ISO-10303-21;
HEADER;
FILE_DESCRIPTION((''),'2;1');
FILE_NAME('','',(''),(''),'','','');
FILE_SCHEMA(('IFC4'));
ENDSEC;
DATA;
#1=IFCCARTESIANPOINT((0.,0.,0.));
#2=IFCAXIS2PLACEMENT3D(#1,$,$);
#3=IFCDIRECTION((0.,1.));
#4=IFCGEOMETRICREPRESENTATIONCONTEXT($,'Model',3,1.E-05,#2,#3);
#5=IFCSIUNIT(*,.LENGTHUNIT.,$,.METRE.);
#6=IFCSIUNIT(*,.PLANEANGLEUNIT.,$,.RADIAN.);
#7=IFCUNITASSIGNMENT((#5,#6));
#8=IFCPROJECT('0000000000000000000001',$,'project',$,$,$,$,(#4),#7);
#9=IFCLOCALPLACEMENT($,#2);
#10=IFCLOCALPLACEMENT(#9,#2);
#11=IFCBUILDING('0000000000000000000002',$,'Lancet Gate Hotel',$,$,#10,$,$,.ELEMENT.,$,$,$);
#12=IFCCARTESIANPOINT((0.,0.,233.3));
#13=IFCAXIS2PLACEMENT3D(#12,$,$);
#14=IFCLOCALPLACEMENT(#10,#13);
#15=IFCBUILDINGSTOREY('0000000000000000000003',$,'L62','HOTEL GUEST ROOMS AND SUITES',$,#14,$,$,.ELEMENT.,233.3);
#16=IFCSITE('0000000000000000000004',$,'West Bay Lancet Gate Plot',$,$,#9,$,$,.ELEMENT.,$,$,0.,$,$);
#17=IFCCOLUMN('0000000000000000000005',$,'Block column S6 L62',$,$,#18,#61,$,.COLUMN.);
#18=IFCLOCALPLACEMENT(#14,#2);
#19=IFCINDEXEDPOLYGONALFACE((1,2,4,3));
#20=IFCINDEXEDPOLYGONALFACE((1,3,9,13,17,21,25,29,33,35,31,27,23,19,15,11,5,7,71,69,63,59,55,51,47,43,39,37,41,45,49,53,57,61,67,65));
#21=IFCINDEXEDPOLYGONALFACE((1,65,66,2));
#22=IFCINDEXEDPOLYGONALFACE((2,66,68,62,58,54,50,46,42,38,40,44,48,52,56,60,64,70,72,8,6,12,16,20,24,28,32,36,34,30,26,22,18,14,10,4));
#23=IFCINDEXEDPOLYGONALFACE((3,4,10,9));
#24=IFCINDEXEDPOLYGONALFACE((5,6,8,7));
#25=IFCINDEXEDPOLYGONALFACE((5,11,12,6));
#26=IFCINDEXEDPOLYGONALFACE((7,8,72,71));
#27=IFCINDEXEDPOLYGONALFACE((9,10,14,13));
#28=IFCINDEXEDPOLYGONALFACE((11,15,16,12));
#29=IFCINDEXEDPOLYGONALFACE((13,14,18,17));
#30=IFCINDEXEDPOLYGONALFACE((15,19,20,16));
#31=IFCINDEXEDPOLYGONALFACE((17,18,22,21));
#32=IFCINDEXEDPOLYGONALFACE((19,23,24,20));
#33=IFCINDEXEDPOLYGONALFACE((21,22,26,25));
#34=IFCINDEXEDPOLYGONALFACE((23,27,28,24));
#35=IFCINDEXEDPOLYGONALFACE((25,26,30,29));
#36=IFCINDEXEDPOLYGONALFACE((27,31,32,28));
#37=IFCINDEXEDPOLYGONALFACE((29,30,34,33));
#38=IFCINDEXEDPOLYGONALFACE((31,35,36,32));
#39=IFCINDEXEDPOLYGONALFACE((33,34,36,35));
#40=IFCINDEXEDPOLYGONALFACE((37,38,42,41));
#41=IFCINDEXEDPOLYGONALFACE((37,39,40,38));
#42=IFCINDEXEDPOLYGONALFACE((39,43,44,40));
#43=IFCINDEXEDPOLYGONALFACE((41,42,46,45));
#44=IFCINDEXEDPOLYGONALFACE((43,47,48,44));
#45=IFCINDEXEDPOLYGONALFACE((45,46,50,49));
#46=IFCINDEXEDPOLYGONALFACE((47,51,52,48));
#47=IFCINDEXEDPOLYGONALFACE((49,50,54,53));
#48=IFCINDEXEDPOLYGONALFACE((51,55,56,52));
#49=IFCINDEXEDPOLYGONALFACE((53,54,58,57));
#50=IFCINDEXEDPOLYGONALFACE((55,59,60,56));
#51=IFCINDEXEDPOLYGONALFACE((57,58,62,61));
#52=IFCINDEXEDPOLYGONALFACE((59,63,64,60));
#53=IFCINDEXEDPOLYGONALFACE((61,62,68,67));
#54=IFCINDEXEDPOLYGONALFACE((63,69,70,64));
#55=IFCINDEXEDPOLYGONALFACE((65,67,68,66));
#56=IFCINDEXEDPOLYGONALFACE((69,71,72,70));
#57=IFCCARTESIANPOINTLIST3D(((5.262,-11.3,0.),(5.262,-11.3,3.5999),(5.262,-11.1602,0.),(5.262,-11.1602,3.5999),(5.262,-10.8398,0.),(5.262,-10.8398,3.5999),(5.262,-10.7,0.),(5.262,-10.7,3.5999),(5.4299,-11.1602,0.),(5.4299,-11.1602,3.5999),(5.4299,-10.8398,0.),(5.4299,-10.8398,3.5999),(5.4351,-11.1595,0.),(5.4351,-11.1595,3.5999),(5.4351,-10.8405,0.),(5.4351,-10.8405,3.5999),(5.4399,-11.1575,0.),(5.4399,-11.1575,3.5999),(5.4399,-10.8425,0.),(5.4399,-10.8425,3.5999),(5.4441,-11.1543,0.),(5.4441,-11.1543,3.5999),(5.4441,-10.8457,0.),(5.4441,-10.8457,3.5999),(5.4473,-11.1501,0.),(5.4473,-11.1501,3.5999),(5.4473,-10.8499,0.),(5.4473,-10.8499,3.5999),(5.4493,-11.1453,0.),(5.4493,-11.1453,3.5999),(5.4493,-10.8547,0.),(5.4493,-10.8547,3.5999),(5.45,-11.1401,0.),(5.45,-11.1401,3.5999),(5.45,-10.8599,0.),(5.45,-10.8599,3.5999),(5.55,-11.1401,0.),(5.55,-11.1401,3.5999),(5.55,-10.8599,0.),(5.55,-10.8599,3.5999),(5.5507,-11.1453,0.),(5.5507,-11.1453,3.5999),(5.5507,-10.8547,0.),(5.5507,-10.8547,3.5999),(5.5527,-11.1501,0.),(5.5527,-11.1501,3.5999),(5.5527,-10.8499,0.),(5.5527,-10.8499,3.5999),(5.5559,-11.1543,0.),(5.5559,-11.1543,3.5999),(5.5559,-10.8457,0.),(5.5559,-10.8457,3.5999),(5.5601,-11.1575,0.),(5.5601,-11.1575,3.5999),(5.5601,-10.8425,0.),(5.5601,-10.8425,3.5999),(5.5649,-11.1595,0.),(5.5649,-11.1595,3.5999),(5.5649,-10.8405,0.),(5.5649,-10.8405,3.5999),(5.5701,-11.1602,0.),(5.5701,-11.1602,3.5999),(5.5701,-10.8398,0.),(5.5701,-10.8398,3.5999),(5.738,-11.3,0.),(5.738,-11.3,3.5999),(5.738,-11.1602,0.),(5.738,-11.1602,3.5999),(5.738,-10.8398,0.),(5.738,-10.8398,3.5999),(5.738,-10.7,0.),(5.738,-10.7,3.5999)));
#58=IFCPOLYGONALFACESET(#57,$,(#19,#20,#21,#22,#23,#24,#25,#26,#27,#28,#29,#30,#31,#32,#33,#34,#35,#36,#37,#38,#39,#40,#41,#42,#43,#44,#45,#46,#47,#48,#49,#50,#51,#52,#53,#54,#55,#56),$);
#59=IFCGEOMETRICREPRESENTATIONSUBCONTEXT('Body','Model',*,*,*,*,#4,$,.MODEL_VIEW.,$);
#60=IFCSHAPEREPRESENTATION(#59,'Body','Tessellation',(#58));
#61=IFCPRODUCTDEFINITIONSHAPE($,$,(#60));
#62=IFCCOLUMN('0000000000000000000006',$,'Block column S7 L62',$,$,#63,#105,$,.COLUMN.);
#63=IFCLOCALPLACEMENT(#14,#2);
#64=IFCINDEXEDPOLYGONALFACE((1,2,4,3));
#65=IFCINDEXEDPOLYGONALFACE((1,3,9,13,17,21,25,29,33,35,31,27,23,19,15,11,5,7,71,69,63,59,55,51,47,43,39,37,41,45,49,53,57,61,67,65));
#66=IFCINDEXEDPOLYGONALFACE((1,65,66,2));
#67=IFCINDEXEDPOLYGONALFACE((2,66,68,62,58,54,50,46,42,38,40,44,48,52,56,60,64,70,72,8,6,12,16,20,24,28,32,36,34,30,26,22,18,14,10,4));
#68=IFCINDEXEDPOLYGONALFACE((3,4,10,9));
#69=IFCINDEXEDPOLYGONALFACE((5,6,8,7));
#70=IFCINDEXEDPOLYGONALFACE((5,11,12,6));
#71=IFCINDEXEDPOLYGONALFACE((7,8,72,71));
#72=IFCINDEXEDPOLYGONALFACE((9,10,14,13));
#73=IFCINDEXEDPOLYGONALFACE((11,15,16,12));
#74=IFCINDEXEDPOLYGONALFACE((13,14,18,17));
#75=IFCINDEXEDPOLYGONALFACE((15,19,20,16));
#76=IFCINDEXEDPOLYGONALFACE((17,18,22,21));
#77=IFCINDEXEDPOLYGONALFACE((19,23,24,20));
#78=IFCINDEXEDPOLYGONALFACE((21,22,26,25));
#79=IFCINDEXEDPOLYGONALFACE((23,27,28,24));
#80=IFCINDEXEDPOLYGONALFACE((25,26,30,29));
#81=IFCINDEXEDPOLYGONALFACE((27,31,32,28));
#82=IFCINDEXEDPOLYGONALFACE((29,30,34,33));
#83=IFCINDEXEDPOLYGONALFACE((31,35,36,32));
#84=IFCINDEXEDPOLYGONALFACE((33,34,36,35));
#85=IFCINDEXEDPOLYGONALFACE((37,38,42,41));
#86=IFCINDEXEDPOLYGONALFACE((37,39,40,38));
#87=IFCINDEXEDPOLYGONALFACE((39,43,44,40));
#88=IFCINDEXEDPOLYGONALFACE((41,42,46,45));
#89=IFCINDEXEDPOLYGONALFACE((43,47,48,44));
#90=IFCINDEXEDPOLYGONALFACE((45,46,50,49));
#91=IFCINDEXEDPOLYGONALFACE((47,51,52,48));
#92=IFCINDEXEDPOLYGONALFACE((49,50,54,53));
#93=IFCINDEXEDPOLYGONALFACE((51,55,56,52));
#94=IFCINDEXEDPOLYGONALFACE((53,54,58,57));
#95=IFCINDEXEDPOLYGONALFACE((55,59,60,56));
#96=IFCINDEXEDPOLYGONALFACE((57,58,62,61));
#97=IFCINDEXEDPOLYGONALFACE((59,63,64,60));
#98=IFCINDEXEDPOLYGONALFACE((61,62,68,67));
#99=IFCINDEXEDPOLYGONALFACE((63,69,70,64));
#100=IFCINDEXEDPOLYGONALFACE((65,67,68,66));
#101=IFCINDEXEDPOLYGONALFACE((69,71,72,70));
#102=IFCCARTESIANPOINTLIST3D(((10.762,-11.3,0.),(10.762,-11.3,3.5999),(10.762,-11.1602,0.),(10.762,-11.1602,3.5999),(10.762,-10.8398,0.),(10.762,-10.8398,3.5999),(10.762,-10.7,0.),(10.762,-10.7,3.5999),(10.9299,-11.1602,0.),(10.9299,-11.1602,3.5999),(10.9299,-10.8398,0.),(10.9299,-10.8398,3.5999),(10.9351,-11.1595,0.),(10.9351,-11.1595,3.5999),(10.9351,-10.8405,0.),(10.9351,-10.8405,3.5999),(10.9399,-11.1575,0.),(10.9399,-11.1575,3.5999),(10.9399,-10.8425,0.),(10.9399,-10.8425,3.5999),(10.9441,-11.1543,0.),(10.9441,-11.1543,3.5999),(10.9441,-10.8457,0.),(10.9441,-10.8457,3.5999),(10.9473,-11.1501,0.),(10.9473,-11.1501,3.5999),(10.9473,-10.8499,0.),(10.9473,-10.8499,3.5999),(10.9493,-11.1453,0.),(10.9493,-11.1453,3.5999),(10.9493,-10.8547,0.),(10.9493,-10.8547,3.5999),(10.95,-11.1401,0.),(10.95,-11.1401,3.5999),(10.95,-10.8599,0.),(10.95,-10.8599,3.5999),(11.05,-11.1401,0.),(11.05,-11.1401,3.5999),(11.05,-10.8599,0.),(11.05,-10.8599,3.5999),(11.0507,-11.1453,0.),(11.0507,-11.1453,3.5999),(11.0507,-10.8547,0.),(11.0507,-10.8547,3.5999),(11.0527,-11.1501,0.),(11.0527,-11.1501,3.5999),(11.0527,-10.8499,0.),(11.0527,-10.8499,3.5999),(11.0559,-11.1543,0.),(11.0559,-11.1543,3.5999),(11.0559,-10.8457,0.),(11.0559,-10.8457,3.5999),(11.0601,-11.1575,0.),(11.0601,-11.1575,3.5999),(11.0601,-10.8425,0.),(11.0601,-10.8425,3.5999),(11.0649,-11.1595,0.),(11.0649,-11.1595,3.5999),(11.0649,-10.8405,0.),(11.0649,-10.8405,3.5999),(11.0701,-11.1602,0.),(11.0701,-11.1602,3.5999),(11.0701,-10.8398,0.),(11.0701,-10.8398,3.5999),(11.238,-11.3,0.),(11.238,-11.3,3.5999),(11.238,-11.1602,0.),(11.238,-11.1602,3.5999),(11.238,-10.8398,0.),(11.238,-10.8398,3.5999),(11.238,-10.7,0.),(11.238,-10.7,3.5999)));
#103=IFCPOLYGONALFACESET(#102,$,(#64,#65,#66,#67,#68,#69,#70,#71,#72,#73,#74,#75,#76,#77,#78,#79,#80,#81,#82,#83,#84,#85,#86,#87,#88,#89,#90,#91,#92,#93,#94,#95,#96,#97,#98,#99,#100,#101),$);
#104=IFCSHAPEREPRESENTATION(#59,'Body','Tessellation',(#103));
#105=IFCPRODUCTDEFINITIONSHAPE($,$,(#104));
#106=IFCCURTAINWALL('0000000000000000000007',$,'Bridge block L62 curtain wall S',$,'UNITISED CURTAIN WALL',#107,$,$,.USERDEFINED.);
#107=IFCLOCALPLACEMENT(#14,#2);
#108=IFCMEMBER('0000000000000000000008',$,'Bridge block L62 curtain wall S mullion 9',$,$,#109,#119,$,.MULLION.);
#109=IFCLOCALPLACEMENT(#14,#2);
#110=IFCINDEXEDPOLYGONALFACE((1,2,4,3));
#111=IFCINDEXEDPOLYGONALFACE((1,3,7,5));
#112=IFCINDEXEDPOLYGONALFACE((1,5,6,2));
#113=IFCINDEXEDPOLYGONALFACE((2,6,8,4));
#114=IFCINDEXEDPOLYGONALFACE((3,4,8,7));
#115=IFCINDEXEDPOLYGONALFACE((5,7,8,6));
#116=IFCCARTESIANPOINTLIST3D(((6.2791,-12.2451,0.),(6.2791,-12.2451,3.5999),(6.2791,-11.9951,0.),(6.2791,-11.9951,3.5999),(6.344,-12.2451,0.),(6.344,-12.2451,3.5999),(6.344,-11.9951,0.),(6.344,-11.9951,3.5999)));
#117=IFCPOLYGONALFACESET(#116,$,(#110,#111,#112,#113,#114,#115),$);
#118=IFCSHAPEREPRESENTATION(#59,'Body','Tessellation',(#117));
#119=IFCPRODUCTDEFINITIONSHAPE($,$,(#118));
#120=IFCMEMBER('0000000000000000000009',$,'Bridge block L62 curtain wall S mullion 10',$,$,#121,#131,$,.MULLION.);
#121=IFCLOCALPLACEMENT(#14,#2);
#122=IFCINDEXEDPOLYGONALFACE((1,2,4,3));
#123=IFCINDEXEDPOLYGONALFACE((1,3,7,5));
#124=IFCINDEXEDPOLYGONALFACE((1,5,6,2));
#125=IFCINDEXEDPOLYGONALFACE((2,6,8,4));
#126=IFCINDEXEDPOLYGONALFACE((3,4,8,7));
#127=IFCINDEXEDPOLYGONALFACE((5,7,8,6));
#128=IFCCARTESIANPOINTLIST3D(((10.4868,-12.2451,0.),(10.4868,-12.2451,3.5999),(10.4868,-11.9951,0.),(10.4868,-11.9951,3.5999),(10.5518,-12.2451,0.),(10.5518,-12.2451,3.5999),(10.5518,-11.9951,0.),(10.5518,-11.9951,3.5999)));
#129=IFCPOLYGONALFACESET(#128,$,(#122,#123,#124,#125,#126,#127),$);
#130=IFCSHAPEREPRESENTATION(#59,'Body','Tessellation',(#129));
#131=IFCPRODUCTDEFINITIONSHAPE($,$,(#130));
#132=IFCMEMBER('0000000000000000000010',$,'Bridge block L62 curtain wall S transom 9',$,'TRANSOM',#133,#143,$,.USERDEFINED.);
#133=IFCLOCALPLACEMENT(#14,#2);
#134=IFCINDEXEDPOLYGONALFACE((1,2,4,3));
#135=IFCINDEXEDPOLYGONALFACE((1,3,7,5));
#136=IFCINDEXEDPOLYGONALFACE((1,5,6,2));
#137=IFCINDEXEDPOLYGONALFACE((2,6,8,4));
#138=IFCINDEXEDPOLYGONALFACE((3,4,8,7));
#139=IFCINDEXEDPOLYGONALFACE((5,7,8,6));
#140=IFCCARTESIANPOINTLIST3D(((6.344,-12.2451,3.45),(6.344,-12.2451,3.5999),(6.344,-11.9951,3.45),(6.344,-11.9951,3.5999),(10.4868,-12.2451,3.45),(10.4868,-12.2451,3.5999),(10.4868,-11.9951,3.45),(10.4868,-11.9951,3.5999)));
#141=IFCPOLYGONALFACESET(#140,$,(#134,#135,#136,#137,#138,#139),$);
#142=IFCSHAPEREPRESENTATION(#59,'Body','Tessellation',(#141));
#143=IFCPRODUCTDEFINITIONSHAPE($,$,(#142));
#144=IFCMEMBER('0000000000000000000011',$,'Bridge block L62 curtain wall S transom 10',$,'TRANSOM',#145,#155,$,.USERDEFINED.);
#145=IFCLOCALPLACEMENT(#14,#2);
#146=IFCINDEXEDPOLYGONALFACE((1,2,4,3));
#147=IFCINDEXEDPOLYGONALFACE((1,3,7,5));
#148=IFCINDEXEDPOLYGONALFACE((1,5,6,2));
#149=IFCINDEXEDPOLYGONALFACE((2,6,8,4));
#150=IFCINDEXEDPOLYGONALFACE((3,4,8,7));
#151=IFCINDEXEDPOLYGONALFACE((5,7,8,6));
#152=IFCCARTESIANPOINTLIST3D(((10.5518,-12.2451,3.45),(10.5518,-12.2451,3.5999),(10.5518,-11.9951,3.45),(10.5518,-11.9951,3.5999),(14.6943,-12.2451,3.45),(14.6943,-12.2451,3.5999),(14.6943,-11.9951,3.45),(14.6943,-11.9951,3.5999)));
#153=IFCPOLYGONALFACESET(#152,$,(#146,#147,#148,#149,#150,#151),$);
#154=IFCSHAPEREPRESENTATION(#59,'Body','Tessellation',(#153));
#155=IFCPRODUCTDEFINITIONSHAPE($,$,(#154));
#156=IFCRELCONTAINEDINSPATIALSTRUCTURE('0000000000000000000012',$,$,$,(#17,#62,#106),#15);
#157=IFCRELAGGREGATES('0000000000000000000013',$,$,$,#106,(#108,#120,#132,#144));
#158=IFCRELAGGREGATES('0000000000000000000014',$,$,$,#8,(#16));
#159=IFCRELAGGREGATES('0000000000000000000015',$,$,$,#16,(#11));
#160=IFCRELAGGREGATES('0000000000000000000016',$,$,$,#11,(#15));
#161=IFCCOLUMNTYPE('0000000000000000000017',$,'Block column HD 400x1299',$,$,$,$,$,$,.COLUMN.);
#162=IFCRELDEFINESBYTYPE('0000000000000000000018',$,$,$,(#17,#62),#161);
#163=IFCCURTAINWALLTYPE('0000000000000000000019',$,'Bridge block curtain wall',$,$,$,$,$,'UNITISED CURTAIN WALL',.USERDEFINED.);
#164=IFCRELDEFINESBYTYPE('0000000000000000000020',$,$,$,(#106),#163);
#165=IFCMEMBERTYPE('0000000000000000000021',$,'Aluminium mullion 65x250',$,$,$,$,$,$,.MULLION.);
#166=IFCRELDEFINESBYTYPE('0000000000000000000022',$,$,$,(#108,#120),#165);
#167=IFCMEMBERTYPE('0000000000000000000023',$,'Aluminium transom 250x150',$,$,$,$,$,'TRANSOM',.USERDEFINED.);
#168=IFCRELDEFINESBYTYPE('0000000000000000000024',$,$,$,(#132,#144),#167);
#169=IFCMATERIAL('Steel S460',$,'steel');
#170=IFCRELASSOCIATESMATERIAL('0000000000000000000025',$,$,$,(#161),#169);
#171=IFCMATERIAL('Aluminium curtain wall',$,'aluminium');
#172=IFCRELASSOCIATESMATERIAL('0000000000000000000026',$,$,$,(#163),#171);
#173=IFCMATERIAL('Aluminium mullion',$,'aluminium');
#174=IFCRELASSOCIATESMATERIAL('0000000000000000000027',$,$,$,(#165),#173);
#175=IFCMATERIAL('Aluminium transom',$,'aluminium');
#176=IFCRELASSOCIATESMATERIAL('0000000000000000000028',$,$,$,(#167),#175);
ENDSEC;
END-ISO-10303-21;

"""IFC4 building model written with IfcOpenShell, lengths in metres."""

from ifc_helpers import new_model, si_unit, direction, frame, origin, origin_2d, place, context, subcontext, project, spatial, rectangle, i_section, extrude, material, material_profile, profile_set, type_object, element, aggregate, save


model = new_model("IFC4")

# Units and contexts
model_context = context("Model", 3, precision=1e-05, world=origin(), true_north=direction((0.0, 1.0)))
body_context = subcontext(model_context, "Body", "Model", "MODEL_VIEW")
ifc_project = project(units=[si_unit("LENGTHUNIT", "METRE"), si_unit("PLANEANGLEUNIT", "RADIAN")], contexts=[model_context])

# Site, building, storey
site_placement = place(None, origin())
site = spatial("IfcSite", under=ifc_project, at=site_placement, Name="West Bay Lancet Gate Plot", CompositionType="ELEMENT", RefElevation=0.0)
building_placement = place(site_placement, origin())
building = spatial("IfcBuilding", under=site, at=building_placement, Name="Lancet Gate Hotel", CompositionType="ELEMENT")
storey_placement = place(building_placement, frame((0.0, 0.0, 233.3)))
storey = spatial("IfcBuildingStorey", under=building, at=storey_placement, Name="L62", Description="HOTEL GUEST ROOMS AND SUITES", CompositionType="ELEMENT", Elevation=233.3)

# Columns
ifc_material_1 = material(Name="Steel S460", Category="steel")
ifc_material_profile_1 = material_profile(ifc_material_1, i_section(OverallWidth=0.4761, OverallDepth=0.6001, WebThickness=0.1001, FlangeThickness=0.1399, FilletRadius=0.02, at=origin_2d()), Name="HD 400x1299")
ifc_profile_set_1 = profile_set([ifc_material_profile_1], Name="Steel S460")
column_type = type_object("IfcColumnType", Name="Block column HD 400x1299", PredefinedType="COLUMN", material=ifc_profile_set_1)
for number, where, z_axis, x_axis, name in (
    (1, (5.5, -11.0, 0.0), (0.0, 0.0, 1.0), (1.0, 0.0, 0.0), "Block column S6 L62"),
    (2, (11.0, -11.0, 0.0), (0.0, 0.0, 1.0), (1.0, 0.0, 0.0), "Block column S7 L62"),
):
    element("IfcColumn", number, at=place(storey_placement, frame(where, z_axis=z_axis, x_axis=x_axis)), inside=storey, type_object=column_type, Name=name, PredefinedType="COLUMN", context=body_context, shape_type="SweptSolid", body=[
        extrude(i_section(OverallWidth=0.4761, OverallDepth=0.6001, WebThickness=0.1001, FlangeThickness=0.1399, FilletRadius=0.02, at=origin_2d()), origin(), (0.0, 0.0, 1.0), 3.5999),
    ])

# Curtain wall, members
ifc_material_2 = material(Name="Aluminium curtain wall", Category="aluminium")
curtain_wall_type = type_object("IfcCurtainWallType", Name="Bridge block curtain wall", ElementType="UNITISED CURTAIN WALL", PredefinedType="USERDEFINED", material=ifc_material_2)
curtain_wall_placement = place(storey_placement, origin())
curtain_wall = element("IfcCurtainWall", 3, at=curtain_wall_placement, inside=storey, type_object=curtain_wall_type, Name="Bridge block L62 curtain wall S", ObjectType="UNITISED CURTAIN WALL", PredefinedType="USERDEFINED")
ifc_material_3 = material(Name="Aluminium mullion", Category="aluminium")
ifc_material_profile_2 = material_profile(ifc_material_3, rectangle(XDim=0.0649, YDim=0.25, at=origin_2d()), Name="MULLION 65x250")
ifc_profile_set_2 = profile_set([ifc_material_profile_2], Name="Aluminium mullion")
member_type_1 = type_object("IfcMemberType", Name="Aluminium mullion 65x250", PredefinedType="MULLION", material=ifc_profile_set_2)
member_1_placement = place(storey_placement, frame((6.3115, -12.1201, 0.0), z_axis=(0.0, 0.0, 1.0), x_axis=(1.0, 0.0, 0.0)))
member_1 = element("IfcMember", 4, at=member_1_placement, type_object=member_type_1, Name="Bridge block L62 curtain wall S mullion 9", PredefinedType="MULLION", context=body_context, shape_type="SweptSolid", body=[
    extrude(rectangle(XDim=0.0649, YDim=0.25, at=origin_2d()), origin(), (0.0, 0.0, 1.0), 3.5999),
])
member_2_placement = place(storey_placement, frame((10.5193, -12.1201, 0.0), z_axis=(0.0, 0.0, 1.0), x_axis=(1.0, 0.0, 0.0)))
member_2 = element("IfcMember", 5, at=member_2_placement, type_object=member_type_1, Name="Bridge block L62 curtain wall S mullion 10", PredefinedType="MULLION", context=body_context, shape_type="SweptSolid", body=[
    extrude(rectangle(XDim=0.0649, YDim=0.25, at=origin_2d()), origin(), (0.0, 0.0, 1.0), 3.5999),
])
ifc_material_4 = material(Name="Aluminium transom", Category="aluminium")
ifc_material_profile_3 = material_profile(ifc_material_4, rectangle(XDim=0.25, YDim=0.1499, at=origin_2d()), Name="TRANSOM 250x150")
ifc_profile_set_3 = profile_set([ifc_material_profile_3], Name="Aluminium transom")
member_type_2 = type_object("IfcMemberType", Name="Aluminium transom 250x150", ElementType="TRANSOM", PredefinedType="USERDEFINED", material=ifc_profile_set_3)
member_3_placement = place(storey_placement, frame((6.344, -12.1201, 3.5249), z_axis=(1.0, 0.0, 0.0), x_axis=(0.0, 1.0, 0.0)))
member_3 = element("IfcMember", 6, at=member_3_placement, type_object=member_type_2, Name="Bridge block L62 curtain wall S transom 9", ObjectType="TRANSOM", PredefinedType="USERDEFINED", context=body_context, shape_type="SweptSolid", body=[
    extrude(rectangle(XDim=0.25, YDim=0.1499, at=origin_2d()), origin(), (0.0, 0.0, 1.0), 4.1428),
])
member_4_placement = place(storey_placement, frame((10.5518, -12.1201, 3.5249), z_axis=(1.0, 0.0, 0.0), x_axis=(0.0, 1.0, 0.0)))
member_4 = element("IfcMember", 7, at=member_4_placement, type_object=member_type_2, Name="Bridge block L62 curtain wall S transom 10", ObjectType="TRANSOM", PredefinedType="USERDEFINED", context=body_context, shape_type="SweptSolid", body=[
    extrude(rectangle(XDim=0.25, YDim=0.1499, at=origin_2d()), origin(), (0.0, 0.0, 1.0), 4.1426),
])

aggregate(curtain_wall, [member_1, member_2, member_3, member_4])

save(model, "model.ifc")
